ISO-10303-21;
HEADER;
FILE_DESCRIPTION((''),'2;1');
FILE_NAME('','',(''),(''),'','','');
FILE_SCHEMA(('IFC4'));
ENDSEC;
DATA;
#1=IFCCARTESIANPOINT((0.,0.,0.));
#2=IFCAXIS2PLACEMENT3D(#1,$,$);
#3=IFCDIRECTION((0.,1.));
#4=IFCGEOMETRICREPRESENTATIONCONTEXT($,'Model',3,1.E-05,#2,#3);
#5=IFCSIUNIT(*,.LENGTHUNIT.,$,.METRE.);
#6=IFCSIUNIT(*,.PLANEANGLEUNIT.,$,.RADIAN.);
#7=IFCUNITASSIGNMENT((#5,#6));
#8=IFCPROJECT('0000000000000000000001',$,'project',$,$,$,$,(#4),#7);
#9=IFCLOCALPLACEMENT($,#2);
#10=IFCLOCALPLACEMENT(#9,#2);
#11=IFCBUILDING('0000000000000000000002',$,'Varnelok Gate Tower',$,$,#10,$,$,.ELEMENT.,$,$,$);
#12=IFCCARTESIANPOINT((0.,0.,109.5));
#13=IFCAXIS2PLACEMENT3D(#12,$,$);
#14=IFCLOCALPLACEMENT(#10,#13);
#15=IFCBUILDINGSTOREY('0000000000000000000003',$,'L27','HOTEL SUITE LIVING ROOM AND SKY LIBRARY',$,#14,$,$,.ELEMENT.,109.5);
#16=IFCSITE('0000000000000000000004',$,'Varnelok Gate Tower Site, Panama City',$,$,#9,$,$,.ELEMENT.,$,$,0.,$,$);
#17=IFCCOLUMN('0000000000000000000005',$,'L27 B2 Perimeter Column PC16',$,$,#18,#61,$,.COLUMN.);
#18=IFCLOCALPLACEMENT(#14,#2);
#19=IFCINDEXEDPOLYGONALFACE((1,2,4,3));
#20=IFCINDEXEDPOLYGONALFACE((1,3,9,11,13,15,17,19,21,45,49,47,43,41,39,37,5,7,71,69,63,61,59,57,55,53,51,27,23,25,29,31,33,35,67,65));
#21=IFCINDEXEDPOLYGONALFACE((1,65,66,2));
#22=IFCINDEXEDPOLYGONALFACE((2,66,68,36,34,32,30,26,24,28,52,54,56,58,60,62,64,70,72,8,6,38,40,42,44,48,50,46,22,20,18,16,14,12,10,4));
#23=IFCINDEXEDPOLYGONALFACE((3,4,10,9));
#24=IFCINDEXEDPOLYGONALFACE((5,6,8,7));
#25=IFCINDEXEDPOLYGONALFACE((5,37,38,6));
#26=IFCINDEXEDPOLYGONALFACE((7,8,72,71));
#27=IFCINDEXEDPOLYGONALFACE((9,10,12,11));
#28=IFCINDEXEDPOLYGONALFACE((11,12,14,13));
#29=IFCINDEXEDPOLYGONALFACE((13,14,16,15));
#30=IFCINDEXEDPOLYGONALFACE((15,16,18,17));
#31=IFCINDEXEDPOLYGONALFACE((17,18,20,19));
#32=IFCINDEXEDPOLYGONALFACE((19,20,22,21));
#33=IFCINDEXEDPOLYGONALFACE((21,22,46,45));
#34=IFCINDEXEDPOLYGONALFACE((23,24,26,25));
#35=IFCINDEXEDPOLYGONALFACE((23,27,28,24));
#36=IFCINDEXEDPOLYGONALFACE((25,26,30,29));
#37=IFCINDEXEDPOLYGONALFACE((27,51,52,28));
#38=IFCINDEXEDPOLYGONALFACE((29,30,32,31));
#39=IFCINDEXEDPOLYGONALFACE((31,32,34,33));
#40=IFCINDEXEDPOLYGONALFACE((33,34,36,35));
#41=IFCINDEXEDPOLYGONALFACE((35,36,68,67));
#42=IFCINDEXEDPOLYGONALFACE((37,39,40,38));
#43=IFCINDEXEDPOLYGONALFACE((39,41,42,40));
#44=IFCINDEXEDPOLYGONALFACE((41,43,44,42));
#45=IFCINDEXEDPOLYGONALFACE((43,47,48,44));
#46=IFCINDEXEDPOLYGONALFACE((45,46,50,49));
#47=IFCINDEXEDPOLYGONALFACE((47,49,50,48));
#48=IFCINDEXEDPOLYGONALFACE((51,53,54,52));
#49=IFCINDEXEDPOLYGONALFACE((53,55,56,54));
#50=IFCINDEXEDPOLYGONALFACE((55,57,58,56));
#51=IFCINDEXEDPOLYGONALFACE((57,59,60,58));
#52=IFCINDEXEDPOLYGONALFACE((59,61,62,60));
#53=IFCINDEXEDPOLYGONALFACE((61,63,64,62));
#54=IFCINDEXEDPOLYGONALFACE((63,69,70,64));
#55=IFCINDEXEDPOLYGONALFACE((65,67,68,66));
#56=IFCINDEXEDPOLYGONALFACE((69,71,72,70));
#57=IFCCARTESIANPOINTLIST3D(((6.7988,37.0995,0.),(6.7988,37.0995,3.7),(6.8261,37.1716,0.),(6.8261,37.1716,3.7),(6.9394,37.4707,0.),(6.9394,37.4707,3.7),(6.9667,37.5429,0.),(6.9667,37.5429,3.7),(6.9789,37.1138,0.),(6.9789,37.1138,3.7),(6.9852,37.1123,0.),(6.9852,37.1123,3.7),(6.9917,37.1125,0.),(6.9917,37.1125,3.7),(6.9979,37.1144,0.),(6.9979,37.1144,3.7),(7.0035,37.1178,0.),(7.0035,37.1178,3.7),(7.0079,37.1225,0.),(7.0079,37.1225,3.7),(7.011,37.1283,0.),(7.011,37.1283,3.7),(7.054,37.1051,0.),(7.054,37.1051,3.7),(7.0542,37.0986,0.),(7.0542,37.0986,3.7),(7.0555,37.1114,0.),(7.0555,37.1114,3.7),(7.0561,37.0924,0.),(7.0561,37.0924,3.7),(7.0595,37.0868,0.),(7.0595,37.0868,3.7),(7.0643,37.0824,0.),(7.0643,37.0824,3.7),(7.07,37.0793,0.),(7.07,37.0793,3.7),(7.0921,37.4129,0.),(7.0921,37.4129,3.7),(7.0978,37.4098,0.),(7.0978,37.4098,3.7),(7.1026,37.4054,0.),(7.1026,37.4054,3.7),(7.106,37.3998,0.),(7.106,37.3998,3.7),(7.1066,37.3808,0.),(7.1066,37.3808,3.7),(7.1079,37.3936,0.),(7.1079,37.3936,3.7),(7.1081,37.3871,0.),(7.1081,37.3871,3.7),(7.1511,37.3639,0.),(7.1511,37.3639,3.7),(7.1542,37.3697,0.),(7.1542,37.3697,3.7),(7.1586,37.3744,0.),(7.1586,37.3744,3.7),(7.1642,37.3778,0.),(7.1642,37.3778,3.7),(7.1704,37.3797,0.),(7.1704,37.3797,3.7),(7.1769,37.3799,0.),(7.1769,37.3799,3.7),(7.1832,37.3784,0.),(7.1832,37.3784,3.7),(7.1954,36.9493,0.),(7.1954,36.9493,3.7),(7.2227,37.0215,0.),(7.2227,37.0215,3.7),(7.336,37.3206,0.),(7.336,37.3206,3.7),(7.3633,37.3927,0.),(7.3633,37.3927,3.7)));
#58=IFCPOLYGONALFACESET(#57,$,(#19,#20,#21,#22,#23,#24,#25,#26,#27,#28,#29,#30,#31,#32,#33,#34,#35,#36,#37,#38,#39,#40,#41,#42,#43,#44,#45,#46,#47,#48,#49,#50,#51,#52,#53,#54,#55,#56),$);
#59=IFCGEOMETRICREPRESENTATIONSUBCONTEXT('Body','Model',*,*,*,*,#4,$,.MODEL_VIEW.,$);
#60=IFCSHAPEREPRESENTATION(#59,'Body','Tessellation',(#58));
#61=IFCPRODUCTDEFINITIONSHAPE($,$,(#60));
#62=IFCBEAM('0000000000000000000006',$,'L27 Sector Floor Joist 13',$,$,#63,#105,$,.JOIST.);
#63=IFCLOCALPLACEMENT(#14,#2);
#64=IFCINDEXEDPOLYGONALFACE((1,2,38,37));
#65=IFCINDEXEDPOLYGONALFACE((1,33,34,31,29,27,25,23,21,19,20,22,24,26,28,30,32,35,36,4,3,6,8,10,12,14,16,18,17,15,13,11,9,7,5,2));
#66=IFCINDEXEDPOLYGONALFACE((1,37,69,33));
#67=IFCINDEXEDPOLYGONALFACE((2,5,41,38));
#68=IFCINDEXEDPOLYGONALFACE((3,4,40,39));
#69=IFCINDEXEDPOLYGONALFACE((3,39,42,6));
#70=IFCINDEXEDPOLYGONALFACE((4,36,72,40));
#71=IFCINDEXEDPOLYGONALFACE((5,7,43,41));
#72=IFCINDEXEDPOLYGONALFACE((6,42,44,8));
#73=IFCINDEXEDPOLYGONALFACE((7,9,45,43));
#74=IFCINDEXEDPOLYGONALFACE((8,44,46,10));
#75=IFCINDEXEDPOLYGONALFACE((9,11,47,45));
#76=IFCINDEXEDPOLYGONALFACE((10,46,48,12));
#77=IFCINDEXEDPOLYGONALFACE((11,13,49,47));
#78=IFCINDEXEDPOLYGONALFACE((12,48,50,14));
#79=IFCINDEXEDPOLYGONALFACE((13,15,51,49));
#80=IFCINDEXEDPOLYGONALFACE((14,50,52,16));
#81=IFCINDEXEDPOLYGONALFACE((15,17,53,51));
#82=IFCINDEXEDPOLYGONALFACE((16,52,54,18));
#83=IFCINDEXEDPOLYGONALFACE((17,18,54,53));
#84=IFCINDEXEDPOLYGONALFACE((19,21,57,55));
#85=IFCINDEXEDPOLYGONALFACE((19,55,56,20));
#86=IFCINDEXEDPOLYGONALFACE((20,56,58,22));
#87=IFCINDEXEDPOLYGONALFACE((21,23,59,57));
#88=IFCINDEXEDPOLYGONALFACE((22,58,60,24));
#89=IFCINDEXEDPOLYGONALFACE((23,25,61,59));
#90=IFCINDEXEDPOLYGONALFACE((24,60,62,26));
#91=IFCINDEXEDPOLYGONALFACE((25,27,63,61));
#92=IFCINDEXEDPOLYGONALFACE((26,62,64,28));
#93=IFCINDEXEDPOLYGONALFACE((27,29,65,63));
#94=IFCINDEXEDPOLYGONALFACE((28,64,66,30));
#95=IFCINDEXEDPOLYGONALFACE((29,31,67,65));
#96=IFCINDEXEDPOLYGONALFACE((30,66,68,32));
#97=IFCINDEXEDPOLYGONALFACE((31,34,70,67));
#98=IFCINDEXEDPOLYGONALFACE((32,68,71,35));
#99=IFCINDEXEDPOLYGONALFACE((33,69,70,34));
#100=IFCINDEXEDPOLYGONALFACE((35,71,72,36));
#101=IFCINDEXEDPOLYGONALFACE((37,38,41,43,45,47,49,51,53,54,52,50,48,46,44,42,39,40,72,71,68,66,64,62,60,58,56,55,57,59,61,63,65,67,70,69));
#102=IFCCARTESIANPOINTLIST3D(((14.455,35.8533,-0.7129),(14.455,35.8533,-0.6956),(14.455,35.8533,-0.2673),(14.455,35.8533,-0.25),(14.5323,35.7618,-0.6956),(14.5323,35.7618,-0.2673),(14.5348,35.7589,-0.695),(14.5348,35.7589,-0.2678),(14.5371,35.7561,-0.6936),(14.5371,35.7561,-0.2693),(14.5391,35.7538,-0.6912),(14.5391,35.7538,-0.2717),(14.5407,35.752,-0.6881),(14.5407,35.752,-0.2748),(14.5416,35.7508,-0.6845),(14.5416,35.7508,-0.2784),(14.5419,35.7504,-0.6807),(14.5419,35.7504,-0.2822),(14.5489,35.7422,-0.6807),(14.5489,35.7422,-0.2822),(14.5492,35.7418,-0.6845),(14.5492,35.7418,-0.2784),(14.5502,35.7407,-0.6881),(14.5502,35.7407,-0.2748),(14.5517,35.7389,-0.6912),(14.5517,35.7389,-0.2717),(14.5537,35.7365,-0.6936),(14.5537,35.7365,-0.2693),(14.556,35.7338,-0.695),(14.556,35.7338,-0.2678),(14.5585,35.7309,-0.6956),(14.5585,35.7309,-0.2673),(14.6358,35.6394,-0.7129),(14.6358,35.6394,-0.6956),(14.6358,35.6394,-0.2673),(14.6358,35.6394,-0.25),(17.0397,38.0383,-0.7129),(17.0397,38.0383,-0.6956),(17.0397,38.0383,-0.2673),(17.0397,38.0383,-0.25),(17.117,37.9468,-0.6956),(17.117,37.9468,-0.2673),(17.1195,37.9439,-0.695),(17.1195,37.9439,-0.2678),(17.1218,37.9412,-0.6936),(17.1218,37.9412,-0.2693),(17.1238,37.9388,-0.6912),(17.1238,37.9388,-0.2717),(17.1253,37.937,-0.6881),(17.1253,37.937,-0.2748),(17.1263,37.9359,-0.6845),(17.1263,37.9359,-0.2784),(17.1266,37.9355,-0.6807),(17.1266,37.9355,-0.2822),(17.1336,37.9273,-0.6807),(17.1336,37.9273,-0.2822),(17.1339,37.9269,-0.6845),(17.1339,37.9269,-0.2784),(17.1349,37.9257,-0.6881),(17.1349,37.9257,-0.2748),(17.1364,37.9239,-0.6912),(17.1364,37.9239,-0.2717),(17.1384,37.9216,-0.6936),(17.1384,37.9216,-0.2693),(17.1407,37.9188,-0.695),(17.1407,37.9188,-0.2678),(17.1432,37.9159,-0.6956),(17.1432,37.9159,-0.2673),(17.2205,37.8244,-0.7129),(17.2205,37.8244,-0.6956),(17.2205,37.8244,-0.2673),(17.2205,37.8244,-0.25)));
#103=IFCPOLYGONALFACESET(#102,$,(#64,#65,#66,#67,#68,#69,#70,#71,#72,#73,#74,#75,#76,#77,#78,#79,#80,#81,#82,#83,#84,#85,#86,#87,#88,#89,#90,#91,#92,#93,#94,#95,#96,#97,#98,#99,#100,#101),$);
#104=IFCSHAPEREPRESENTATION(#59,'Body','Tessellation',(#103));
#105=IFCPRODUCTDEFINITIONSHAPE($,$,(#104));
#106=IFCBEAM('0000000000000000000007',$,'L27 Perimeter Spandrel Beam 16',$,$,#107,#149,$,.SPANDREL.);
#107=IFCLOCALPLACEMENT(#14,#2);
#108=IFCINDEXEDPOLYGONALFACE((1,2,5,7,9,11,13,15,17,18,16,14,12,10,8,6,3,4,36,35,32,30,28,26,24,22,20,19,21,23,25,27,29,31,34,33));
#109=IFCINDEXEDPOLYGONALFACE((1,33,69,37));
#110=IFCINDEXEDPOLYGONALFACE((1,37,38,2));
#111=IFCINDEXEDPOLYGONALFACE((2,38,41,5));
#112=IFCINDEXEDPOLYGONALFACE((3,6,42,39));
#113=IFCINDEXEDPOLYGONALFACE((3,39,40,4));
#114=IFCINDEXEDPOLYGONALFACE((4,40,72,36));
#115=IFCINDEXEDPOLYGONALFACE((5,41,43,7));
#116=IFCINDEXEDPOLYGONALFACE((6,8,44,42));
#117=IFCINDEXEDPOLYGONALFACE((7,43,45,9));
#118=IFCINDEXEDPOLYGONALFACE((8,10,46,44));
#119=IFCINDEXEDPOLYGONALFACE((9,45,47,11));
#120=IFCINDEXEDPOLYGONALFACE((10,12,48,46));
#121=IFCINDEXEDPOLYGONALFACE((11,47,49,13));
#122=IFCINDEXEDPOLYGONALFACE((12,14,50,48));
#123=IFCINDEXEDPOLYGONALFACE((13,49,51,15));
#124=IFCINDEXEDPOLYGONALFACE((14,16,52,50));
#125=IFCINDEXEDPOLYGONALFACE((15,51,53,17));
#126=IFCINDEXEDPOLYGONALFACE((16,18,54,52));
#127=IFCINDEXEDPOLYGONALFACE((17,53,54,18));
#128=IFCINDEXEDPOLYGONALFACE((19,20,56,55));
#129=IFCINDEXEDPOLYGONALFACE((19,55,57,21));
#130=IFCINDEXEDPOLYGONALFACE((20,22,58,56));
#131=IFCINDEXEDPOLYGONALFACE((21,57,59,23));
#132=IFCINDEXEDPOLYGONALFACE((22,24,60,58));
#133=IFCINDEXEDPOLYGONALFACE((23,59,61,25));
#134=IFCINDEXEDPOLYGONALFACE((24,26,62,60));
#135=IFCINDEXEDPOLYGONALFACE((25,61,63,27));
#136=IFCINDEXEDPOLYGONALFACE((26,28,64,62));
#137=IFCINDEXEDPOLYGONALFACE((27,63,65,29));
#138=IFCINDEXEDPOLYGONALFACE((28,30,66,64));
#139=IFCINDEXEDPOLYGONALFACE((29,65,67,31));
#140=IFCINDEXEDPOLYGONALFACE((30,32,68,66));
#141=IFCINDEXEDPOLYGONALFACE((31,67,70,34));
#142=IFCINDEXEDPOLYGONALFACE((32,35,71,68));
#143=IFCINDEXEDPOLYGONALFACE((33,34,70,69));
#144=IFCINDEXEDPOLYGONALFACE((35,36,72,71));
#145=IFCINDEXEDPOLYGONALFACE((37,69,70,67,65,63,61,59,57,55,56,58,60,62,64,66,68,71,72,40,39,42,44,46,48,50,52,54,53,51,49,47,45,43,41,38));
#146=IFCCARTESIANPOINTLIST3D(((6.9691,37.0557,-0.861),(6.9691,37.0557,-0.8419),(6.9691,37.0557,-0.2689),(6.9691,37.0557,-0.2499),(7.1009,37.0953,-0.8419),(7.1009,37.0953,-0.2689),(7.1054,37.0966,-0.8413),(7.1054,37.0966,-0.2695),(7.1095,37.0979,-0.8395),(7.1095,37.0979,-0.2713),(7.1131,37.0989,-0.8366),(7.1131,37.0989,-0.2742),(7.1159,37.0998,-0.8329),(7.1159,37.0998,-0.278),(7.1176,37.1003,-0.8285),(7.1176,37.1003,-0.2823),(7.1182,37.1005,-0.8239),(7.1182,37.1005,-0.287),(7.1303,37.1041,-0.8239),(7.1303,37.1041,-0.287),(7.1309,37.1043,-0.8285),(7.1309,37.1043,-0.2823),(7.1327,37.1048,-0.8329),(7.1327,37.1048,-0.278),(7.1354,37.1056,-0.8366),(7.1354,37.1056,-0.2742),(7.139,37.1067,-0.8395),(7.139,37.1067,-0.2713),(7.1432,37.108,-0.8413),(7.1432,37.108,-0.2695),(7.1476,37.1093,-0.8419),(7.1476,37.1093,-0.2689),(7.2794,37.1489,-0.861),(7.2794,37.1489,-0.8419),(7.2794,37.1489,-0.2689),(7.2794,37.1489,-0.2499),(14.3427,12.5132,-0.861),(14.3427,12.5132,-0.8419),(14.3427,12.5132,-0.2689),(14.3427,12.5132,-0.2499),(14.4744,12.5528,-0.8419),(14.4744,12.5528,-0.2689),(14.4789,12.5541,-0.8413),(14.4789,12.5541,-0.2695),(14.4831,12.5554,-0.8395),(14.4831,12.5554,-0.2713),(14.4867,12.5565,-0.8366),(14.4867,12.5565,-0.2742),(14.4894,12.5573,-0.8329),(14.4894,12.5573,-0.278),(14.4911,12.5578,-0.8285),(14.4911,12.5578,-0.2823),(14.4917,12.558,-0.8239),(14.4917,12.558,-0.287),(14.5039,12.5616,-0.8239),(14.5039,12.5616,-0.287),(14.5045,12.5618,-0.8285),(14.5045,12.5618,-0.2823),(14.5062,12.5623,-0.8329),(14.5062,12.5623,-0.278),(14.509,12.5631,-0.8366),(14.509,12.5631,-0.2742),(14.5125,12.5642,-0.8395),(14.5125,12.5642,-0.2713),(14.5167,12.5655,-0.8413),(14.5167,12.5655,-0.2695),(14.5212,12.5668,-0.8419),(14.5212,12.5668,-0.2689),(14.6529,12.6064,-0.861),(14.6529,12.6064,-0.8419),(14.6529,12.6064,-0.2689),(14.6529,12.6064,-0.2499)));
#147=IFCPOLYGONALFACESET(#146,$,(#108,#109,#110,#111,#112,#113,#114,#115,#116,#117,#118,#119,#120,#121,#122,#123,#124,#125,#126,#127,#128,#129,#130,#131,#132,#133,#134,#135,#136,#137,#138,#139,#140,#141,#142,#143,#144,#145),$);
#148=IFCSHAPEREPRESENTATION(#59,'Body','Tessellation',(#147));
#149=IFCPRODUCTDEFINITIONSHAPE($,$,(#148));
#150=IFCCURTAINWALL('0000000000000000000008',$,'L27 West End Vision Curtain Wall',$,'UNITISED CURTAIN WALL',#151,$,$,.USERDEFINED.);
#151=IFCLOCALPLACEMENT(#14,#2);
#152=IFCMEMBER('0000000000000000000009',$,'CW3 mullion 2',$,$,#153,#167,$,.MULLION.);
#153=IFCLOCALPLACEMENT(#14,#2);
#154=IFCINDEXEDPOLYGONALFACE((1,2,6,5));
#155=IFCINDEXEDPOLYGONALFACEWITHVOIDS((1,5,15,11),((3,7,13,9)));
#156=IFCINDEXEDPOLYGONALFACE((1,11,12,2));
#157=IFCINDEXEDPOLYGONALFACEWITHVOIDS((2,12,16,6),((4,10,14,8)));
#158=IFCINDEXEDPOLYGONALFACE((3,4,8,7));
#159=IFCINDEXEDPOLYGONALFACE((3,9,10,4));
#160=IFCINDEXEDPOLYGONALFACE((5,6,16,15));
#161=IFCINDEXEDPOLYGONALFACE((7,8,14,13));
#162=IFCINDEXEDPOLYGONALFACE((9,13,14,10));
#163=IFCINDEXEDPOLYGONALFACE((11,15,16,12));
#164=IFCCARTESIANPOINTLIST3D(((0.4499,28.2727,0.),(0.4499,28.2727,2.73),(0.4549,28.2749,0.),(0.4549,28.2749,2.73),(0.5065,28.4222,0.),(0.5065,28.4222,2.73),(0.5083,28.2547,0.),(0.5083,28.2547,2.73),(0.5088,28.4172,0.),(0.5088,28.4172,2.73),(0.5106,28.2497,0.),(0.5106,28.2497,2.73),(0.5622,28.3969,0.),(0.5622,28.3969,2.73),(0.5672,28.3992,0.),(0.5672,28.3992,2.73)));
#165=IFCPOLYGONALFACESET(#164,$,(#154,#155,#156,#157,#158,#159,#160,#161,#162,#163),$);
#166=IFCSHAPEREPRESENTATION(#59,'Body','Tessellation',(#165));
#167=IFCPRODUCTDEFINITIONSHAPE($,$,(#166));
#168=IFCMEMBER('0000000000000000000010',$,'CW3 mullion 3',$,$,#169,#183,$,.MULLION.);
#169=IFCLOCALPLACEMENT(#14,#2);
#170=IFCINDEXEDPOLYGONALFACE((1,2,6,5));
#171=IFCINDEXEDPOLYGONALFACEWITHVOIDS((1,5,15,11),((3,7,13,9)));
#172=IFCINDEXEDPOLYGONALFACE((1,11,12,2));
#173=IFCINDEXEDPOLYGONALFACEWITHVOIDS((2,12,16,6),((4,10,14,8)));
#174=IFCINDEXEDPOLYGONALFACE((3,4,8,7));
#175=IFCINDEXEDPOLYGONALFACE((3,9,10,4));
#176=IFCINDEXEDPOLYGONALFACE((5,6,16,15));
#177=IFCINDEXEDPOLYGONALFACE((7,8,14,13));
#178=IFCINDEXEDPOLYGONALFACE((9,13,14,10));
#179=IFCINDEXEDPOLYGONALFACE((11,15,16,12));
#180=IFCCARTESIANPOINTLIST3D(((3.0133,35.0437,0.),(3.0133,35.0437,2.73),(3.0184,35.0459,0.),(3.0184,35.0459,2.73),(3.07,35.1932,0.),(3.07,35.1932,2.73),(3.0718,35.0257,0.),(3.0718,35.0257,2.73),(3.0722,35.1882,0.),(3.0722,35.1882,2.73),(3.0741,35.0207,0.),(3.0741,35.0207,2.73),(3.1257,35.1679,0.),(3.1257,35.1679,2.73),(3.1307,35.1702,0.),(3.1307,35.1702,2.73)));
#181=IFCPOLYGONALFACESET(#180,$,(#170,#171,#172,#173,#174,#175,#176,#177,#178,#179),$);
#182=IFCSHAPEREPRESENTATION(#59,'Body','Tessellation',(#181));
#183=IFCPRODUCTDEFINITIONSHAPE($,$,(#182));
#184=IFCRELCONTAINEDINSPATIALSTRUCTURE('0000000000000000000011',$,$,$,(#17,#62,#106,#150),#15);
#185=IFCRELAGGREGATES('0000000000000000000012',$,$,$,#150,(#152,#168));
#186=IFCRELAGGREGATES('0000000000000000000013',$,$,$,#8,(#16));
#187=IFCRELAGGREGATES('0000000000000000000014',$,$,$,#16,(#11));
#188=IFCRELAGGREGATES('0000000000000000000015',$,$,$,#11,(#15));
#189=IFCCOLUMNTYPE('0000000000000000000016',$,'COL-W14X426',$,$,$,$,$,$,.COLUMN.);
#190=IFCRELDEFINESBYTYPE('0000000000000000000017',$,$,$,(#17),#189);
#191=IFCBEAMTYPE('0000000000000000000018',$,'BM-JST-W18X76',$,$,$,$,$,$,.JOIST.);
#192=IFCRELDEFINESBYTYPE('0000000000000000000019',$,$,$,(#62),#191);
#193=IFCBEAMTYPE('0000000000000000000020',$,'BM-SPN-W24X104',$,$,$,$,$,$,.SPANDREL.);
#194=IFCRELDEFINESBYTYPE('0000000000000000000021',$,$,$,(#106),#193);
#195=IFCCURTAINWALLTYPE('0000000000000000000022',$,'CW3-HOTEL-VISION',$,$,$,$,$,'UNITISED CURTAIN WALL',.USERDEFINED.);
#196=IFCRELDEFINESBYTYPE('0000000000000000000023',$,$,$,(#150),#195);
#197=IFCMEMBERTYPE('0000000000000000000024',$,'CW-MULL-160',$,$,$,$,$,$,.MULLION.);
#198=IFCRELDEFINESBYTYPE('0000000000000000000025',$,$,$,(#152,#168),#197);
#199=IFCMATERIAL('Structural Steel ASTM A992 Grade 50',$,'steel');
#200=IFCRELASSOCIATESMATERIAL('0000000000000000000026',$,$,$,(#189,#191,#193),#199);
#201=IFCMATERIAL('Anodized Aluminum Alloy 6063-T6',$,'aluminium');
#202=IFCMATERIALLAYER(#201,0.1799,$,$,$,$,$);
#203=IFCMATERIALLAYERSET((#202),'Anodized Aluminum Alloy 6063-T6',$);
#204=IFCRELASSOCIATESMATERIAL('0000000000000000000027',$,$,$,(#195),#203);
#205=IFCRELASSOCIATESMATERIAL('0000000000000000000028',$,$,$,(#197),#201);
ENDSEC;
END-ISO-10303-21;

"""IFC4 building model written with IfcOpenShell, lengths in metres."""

from ifc_helpers import new_model, si_unit, direction, frame, origin, origin_2d, place, context, subcontext, project, spatial, hollow_rectangle, i_section, extrude, material, layer, layer_set, material_profile, profile_set, type_object, element, aggregate, save


model = new_model("IFC4")

# Units and contexts
model_context = context("Model", 3, precision=1e-05, world=origin(), true_north=direction((0.0, 1.0)))
body_context = subcontext(model_context, "Body", "Model", "MODEL_VIEW")
ifc_project = project(units=[si_unit("LENGTHUNIT", "METRE"), si_unit("PLANEANGLEUNIT", "RADIAN")], contexts=[model_context])

# Site, building, storey
site_placement = place(None, origin())
site = spatial("IfcSite", under=ifc_project, at=site_placement, Name="Varnelok Gate Tower Site, Panama City", CompositionType="ELEMENT", RefElevation=0.0)
building_placement = place(site_placement, origin())
building = spatial("IfcBuilding", under=site, at=building_placement, Name="Varnelok Gate Tower", CompositionType="ELEMENT")
storey_placement = place(building_placement, frame((0.0, 0.0, 109.5)))
storey = spatial("IfcBuildingStorey", under=building, at=storey_placement, Name="L27", Description="HOTEL SUITE LIVING ROOM AND SKY LIBRARY", CompositionType="ELEMENT", Elevation=109.5)

# Column
ifc_material_1 = material(Name="Structural Steel ASTM A992 Grade 50", Category="steel")
ifc_material_profile_1 = material_profile(ifc_material_1, i_section(OverallWidth=0.4241, OverallDepth=0.4741, WebThickness=0.0476, FlangeThickness=0.0771, FilletRadius=0.0249, at=origin_2d()), Name="W14X426")
ifc_profile_set_1 = profile_set([ifc_material_profile_1], Name="Structural Steel ASTM A992 Grade 50")
column_type = type_object("IfcColumnType", Name="COL-W14X426", PredefinedType="COLUMN", material=ifc_profile_set_1)
column_placement = place(storey_placement, frame((7.0811, 37.2461, 0.0), z_axis=(0.0, 0.0, 1.0), x_axis=(0.935222, -0.354063, 0.0)))
element("IfcColumn", 1, at=column_placement, inside=storey, type_object=column_type, Name="L27 B2 Perimeter Column PC16", PredefinedType="COLUMN", context=body_context, shape_type="SweptSolid", body=[
    extrude(i_section(OverallWidth=0.4241, OverallDepth=0.4741, WebThickness=0.0476, FlangeThickness=0.0771, FilletRadius=0.0249, at=origin_2d()), origin(), (0.0, 0.0, 1.0), 3.7),
])

# Beams
ifc_material_profile_2 = material_profile(ifc_material_1, i_section(OverallWidth=0.28, OverallDepth=0.4629, WebThickness=0.0107, FlangeThickness=0.0173, FilletRadius=0.0149, at=origin_2d()), Name="W18X76")
ifc_profile_set_2 = profile_set([ifc_material_profile_2], Name="Structural Steel ASTM A992 Grade 50")
beam_type_1 = type_object("IfcBeamType", Name="BM-JST-W18X76", PredefinedType="JOIST", material=ifc_profile_set_2)
beam_1_placement = place(storey_placement, frame((14.5454, 35.7463, -0.4814), z_axis=(0.763679, 0.645596, 0.0), x_axis=(-0.645596, 0.763679, 0.0)))
element("IfcBeam", 2, at=beam_1_placement, inside=storey, type_object=beam_type_1, Name="L27 Sector Floor Joist 13", PredefinedType="JOIST", context=body_context, shape_type="SweptSolid", body=[
    extrude(i_section(OverallWidth=0.28, OverallDepth=0.4629, WebThickness=0.0107, FlangeThickness=0.0173, FilletRadius=0.0149, at=origin_2d()), origin(), (0.0, 0.0, 1.0), 3.3845),
])
ifc_material_profile_3 = material_profile(ifc_material_1, i_section(OverallWidth=0.324, OverallDepth=0.6111, WebThickness=0.0127, FlangeThickness=0.019, FilletRadius=0.0181, at=origin_2d()), Name="W24X104")
ifc_profile_set_3 = profile_set([ifc_material_profile_3], Name="Structural Steel ASTM A992 Grade 50")
beam_type_2 = type_object("IfcBeamType", Name="BM-SPN-W24X104", PredefinedType="SPANDREL", material=ifc_profile_set_3)
beam_2_placement = place(storey_placement, frame((7.1243, 37.1023, -0.5554), z_axis=(0.287734, -0.95771, 0.0), x_axis=(0.95771, 0.287734, 0.0)))
element("IfcBeam", 3, at=beam_2_placement, inside=storey, type_object=beam_type_2, Name="L27 Perimeter Spandrel Beam 16", PredefinedType="SPANDREL", context=body_context, shape_type="SweptSolid", body=[
    extrude(i_section(OverallWidth=0.324, OverallDepth=0.6111, WebThickness=0.0127, FlangeThickness=0.019, FilletRadius=0.0181, at=origin_2d()), origin(), (0.0, 0.0, 1.0), 25.6262),
])

# Curtain wall, members
ifc_material_2 = material(Name="Anodized Aluminum Alloy 6063-T6", Category="aluminium")
ifc_layer_1 = layer(ifc_material_2, 0.1799)
ifc_layer_set_1 = layer_set([ifc_layer_1], Name="Anodized Aluminum Alloy 6063-T6")
curtain_wall_type = type_object("IfcCurtainWallType", Name="CW3-HOTEL-VISION", ElementType="UNITISED CURTAIN WALL", PredefinedType="USERDEFINED", material=ifc_layer_set_1)
curtain_wall_placement = place(storey_placement, origin())
curtain_wall = element("IfcCurtainWall", 4, at=curtain_wall_placement, inside=storey, type_object=curtain_wall_type, Name="L27 West End Vision Curtain Wall", ObjectType="UNITISED CURTAIN WALL", PredefinedType="USERDEFINED")
ifc_material_profile_4 = material_profile(ifc_material_2, hollow_rectangle(XDim=0.0649, YDim=0.1599, WallThickness=0.0039, at=origin_2d()), Name="ALU160X65X4")
ifc_profile_set_4 = profile_set([ifc_material_profile_4], Name="Anodized Aluminum Alloy 6063-T6")
member_type_1 = type_object("IfcMemberType", Name="CW-MULL-160", PredefinedType="MULLION", material=ifc_profile_set_4)
member_1_placement = place(storey_placement, frame((0.5085, 28.3359, 0.0), z_axis=(0.0, 0.0, 1.0), x_axis=(-0.935221, 0.354064, 0.0)))
member_1 = element("IfcMember", 5, at=member_1_placement, type_object=member_type_1, Name="CW3 mullion 2", PredefinedType="MULLION", context=body_context, shape_type="SweptSolid", body=[
    extrude(hollow_rectangle(XDim=0.0649, YDim=0.1599, WallThickness=0.0039, at=origin_2d()), origin(), (0.0, 0.0, 1.0), 2.73),
])
member_2_placement = place(storey_placement, frame((3.072, 35.1069, 0.0), z_axis=(0.0, 0.0, 1.0), x_axis=(-0.935221, 0.354064, 0.0)))
member_2 = element("IfcMember", 6, at=member_2_placement, type_object=member_type_1, Name="CW3 mullion 3", PredefinedType="MULLION", context=body_context, shape_type="SweptSolid", body=[
    extrude(hollow_rectangle(XDim=0.0649, YDim=0.1599, WallThickness=0.0039, at=origin_2d()), origin(), (0.0, 0.0, 1.0), 2.73),
])
aggregate(curtain_wall, [member_1, member_2])

save(model, "model.ifc")
